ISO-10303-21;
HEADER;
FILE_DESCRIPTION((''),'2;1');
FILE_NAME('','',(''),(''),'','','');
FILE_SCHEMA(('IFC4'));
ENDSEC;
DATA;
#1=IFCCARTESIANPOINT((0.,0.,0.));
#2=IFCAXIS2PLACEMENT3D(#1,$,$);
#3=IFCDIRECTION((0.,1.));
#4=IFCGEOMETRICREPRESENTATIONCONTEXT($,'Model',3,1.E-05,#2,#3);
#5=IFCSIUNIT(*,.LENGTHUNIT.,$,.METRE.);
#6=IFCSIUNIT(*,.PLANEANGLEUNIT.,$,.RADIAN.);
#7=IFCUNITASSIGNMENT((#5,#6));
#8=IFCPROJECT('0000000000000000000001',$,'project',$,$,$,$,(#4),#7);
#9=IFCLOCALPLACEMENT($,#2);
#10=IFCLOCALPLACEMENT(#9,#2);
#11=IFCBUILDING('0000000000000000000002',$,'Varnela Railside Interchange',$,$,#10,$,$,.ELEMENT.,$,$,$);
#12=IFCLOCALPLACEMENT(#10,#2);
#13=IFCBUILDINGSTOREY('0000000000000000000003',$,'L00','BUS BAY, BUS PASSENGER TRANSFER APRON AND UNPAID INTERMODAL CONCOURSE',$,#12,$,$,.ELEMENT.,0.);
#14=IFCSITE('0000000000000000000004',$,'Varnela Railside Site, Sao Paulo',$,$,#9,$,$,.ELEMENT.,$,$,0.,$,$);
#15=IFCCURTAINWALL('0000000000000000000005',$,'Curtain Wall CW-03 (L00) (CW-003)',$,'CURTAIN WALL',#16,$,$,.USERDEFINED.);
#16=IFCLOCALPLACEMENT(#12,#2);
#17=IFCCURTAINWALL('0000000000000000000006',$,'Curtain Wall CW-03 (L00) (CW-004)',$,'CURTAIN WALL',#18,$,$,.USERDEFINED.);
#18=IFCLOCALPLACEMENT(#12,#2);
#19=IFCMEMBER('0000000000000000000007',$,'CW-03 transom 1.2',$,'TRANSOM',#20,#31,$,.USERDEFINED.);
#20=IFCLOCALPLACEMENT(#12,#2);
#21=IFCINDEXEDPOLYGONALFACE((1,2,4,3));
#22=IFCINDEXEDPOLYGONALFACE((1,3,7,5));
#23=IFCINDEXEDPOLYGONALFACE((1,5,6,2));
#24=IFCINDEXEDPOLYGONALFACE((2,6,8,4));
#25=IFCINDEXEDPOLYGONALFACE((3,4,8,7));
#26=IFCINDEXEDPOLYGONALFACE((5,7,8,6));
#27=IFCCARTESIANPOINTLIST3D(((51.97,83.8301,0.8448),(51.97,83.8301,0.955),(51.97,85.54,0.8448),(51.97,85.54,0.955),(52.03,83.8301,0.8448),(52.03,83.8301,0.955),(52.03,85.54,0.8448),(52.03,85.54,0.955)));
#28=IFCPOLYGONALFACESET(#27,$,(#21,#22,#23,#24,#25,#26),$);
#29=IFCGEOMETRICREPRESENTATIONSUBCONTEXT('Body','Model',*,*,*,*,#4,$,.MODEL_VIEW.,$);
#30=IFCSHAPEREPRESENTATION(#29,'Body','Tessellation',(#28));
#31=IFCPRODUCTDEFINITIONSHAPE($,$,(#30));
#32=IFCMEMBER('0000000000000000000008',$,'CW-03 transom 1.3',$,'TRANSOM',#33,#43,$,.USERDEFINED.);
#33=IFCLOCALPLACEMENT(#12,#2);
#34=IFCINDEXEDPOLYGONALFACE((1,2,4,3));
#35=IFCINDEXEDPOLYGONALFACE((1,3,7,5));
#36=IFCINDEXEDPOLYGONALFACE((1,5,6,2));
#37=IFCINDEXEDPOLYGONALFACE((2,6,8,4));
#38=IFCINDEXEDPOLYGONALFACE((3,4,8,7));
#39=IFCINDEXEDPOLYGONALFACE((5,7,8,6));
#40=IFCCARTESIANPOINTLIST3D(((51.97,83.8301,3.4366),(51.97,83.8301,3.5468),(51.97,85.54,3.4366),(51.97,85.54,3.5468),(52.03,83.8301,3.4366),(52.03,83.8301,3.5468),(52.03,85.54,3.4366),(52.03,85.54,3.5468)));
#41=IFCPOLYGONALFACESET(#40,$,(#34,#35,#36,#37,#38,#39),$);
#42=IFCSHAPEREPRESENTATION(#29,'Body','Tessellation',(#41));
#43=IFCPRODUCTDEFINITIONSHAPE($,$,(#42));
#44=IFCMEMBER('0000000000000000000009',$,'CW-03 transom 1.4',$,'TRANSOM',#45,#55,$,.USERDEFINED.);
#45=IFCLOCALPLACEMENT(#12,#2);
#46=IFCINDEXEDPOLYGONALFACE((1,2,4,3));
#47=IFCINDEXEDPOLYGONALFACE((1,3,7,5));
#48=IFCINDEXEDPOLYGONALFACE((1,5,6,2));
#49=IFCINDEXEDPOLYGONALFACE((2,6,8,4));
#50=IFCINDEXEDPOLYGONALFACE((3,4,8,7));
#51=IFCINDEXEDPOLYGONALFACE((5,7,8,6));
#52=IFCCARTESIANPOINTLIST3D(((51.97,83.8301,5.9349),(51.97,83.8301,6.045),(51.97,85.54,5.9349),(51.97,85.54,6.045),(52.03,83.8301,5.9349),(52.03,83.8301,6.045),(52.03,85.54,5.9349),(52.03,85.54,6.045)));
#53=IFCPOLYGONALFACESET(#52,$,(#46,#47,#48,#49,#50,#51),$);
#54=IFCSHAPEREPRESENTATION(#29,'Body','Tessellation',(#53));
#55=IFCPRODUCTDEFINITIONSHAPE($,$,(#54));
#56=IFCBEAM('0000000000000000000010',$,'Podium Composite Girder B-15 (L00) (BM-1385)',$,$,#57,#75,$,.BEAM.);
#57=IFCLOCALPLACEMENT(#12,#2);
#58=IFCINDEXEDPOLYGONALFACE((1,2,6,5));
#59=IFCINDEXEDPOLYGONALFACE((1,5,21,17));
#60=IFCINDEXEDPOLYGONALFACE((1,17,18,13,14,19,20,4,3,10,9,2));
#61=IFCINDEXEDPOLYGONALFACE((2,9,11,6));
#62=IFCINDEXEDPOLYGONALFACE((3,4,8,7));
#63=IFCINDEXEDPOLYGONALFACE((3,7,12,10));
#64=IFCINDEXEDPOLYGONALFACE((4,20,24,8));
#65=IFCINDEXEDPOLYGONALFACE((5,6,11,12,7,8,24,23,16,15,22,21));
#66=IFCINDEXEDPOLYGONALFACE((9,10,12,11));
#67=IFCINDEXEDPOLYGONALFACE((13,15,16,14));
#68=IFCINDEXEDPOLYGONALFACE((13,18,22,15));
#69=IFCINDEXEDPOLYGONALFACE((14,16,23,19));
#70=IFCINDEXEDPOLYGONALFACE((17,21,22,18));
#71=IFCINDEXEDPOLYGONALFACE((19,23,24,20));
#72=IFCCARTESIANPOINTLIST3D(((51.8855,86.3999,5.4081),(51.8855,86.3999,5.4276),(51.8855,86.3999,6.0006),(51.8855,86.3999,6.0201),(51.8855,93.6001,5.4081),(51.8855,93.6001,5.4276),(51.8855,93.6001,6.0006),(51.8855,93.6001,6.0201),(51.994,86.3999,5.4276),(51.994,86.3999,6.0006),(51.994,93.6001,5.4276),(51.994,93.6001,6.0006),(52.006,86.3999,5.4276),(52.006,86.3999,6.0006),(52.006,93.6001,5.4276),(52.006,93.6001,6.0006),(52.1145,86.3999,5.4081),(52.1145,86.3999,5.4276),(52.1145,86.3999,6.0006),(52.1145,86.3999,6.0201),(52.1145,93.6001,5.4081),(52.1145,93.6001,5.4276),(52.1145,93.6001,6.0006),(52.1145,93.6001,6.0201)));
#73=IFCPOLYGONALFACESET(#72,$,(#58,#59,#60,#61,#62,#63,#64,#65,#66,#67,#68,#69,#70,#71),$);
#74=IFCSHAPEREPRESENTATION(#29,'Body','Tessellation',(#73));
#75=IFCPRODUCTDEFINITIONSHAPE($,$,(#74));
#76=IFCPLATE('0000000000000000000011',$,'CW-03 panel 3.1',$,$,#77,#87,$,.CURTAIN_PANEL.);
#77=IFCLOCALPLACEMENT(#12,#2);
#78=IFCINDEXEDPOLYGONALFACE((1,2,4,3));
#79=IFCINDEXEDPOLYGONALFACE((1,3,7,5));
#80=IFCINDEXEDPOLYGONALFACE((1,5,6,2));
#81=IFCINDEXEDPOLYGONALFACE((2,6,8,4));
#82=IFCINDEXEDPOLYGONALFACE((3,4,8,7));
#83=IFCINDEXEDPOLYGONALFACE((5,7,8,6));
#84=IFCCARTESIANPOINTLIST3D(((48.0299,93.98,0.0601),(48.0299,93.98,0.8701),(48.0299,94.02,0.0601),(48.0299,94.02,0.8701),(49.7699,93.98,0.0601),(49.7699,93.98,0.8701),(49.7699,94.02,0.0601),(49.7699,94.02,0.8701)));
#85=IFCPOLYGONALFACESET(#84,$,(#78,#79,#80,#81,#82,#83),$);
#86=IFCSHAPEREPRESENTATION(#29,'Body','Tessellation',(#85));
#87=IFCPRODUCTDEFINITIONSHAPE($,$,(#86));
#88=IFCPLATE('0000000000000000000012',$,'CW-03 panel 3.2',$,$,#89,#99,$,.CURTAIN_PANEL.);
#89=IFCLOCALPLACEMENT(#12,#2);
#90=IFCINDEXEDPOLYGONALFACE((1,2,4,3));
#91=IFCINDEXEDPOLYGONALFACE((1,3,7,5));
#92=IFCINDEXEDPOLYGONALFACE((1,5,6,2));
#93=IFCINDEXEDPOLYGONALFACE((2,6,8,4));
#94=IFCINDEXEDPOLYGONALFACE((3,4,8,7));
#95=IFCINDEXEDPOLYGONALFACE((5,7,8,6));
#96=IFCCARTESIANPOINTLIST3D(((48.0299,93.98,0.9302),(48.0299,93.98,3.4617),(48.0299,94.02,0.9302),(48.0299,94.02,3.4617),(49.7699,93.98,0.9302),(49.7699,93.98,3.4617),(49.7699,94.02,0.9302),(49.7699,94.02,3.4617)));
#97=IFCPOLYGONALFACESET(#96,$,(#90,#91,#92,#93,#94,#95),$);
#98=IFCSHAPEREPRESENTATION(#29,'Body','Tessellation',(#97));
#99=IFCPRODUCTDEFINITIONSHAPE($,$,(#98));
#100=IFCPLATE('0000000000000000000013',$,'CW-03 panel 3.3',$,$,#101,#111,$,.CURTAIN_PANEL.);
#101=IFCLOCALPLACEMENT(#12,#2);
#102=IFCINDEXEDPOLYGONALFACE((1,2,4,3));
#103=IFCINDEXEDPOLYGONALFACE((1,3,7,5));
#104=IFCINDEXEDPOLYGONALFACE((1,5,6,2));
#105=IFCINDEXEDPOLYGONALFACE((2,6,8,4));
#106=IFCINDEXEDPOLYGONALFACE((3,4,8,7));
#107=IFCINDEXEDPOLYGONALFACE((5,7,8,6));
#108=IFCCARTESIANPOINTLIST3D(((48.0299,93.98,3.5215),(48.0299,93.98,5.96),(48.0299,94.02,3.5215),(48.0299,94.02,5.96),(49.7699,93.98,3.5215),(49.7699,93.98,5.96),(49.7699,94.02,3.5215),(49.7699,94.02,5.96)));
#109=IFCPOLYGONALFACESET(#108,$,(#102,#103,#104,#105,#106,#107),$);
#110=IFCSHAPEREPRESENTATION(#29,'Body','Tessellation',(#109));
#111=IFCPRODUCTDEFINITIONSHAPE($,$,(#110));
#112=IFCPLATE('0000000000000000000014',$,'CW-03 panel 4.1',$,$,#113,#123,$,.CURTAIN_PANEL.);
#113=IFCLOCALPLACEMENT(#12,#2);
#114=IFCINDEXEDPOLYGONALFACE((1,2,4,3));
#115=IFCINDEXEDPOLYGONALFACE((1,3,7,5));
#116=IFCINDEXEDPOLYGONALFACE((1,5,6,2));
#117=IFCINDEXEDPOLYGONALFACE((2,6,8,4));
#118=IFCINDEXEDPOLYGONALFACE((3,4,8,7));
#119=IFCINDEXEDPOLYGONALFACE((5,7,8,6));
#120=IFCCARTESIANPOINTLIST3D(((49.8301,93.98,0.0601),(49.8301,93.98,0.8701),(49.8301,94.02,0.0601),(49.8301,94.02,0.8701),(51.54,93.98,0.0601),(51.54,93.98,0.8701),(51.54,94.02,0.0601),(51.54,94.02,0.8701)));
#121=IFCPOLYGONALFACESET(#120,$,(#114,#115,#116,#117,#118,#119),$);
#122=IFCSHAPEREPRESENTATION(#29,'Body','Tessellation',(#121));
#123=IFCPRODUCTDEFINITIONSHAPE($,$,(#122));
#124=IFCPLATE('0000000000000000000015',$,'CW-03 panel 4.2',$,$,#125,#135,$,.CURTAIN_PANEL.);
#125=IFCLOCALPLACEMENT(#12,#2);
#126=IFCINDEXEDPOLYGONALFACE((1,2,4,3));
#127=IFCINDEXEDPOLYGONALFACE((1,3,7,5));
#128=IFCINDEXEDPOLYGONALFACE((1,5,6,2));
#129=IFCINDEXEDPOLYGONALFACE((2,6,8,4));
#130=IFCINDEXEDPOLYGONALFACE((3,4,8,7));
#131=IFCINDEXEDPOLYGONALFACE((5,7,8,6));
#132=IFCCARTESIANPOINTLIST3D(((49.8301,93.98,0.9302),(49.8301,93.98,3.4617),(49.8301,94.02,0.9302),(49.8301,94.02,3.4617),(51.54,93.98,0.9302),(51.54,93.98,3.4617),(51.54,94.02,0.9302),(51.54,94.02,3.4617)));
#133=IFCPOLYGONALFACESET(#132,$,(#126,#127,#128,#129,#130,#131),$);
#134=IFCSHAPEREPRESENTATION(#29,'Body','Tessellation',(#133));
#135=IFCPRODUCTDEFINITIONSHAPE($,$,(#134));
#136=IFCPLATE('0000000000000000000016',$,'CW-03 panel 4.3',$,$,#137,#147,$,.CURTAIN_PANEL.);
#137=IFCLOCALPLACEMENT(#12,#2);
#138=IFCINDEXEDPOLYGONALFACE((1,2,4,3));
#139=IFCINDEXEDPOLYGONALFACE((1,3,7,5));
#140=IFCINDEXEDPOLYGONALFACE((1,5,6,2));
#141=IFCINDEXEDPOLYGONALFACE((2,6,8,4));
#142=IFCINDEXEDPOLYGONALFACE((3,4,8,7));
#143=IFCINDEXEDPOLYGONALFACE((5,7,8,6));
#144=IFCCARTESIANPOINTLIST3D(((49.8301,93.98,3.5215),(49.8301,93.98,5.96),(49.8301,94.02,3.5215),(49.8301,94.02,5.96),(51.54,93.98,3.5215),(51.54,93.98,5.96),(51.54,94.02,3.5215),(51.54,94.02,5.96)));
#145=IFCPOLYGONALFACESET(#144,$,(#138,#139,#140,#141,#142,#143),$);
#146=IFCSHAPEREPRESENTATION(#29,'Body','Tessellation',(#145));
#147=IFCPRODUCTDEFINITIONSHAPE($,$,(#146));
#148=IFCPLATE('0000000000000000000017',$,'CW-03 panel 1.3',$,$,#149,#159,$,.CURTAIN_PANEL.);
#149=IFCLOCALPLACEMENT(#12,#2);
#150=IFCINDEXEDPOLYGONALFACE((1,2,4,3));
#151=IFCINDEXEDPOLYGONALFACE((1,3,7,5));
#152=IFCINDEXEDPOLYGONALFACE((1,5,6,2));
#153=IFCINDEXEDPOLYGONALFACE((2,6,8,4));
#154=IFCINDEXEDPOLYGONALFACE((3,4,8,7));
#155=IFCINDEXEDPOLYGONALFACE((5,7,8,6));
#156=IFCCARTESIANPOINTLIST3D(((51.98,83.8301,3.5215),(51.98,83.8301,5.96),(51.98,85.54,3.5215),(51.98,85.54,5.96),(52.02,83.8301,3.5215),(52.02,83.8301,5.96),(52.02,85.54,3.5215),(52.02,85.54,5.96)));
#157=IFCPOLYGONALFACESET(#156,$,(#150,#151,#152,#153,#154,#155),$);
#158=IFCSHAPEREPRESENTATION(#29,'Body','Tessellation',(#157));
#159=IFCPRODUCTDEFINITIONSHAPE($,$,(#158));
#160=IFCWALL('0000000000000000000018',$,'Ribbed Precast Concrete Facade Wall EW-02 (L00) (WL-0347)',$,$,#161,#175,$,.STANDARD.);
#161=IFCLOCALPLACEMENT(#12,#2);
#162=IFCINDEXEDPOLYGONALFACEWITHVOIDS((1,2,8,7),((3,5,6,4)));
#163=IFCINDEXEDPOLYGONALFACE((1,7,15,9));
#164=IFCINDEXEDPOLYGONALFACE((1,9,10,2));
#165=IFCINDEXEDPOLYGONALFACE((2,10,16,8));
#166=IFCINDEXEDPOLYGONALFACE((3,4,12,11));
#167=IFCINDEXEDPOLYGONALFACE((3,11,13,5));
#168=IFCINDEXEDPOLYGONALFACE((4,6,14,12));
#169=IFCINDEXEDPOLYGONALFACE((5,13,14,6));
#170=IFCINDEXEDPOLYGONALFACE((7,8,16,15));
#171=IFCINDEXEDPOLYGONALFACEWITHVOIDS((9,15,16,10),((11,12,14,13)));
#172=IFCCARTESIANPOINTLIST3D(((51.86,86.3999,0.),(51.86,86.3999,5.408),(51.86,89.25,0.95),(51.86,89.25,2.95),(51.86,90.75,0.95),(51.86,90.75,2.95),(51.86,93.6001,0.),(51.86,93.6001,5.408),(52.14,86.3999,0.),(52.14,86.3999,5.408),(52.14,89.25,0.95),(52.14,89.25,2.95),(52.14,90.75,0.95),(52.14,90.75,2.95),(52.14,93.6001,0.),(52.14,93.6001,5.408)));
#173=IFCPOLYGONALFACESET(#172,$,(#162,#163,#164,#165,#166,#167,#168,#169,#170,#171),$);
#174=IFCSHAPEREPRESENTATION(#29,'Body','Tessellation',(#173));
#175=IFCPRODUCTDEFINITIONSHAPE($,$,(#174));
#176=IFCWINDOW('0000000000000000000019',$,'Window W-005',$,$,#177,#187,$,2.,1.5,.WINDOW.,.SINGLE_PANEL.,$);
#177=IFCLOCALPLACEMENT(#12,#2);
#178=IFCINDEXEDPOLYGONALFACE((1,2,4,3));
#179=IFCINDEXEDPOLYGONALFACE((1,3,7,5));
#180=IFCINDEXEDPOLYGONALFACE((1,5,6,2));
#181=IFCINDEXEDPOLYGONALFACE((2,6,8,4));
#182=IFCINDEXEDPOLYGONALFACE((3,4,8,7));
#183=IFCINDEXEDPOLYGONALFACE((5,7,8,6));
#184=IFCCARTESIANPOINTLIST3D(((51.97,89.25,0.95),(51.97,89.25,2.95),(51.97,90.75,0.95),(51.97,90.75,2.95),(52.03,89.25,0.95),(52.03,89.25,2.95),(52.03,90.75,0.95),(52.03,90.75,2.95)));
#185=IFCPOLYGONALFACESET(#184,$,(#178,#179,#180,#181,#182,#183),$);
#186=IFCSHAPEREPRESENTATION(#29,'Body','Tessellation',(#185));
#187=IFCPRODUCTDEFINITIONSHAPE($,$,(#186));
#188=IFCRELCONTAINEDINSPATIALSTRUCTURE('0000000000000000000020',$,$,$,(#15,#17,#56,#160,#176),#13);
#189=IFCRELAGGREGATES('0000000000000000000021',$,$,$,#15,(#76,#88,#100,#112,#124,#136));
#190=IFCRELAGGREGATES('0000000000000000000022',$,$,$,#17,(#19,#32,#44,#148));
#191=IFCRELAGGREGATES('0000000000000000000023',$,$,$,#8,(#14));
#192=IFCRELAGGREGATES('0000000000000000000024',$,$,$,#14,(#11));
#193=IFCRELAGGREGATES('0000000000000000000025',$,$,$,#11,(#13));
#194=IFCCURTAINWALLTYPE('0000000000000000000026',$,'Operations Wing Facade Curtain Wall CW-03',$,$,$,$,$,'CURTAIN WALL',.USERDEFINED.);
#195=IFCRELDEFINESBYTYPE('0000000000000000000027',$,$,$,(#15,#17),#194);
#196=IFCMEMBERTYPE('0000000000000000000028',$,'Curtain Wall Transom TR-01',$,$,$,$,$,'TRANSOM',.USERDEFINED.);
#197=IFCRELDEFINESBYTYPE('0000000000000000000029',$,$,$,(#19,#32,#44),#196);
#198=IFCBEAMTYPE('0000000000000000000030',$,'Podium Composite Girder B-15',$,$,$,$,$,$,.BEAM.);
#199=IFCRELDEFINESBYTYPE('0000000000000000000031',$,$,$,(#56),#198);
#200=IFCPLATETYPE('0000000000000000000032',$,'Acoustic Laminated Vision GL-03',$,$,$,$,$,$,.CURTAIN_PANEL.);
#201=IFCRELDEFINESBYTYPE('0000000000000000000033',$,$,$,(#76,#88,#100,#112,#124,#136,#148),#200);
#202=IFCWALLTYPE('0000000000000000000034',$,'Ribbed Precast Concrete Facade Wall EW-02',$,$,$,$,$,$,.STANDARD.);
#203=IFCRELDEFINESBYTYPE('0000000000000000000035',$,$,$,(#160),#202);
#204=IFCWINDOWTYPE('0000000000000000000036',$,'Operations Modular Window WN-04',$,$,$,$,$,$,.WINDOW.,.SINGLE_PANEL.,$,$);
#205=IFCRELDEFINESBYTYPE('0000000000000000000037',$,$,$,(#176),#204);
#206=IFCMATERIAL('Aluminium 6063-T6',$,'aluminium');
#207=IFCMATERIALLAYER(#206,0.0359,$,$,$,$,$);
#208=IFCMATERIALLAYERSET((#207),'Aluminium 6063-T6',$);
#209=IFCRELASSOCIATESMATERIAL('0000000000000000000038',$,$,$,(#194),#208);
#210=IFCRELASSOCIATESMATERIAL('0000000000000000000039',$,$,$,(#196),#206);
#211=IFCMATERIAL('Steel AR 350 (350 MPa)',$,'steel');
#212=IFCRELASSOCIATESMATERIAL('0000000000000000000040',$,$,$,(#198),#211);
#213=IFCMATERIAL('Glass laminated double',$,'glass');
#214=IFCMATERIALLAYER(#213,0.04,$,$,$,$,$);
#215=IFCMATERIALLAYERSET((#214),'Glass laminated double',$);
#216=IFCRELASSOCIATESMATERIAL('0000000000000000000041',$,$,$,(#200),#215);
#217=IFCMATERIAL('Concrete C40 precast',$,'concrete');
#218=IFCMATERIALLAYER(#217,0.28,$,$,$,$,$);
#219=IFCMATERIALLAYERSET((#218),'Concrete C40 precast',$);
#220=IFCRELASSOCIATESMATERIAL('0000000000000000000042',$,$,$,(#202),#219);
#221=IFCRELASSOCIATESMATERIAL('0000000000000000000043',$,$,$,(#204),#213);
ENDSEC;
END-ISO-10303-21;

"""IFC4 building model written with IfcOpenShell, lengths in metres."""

from ifc_helpers import new_model, si_unit, direction, frame, frame_2d, origin, origin_2d, place, context, subcontext, project, spatial, rectangle, i_section, extrude, material, layer, layer_set, material_profile, profile_set, type_object, element, fill, aggregate, save


model = new_model("IFC4")

# Units and contexts
model_context = context("Model", 3, precision=1e-05, world=origin(), true_north=direction((0.0, 1.0)))
body_context = subcontext(model_context, "Body", "Model", "MODEL_VIEW")
ifc_project = project(units=[si_unit("LENGTHUNIT", "METRE"), si_unit("PLANEANGLEUNIT", "RADIAN")], contexts=[model_context])

# Site, building, storey
site_placement = place(None, origin())
site = spatial("IfcSite", under=ifc_project, at=site_placement, Name="Varnela Railside Site, Sao Paulo", CompositionType="ELEMENT", RefElevation=0.0)
building_placement = place(site_placement, origin())
building = spatial("IfcBuilding", under=site, at=building_placement, Name="Varnela Railside Interchange", CompositionType="ELEMENT")
storey_placement = place(building_placement, origin())
storey = spatial("IfcBuildingStorey", under=building, at=storey_placement, Name="L00", Description="BUS BAY, BUS PASSENGER TRANSFER APRON AND UNPAID INTERMODAL CONCOURSE", CompositionType="ELEMENT", Elevation=0.0)

# Shared definitions
ifc_material_1 = material(Name="Steel AR 350 (350 MPa)", Category="steel")

# Curtain wall
ifc_material_2 = material(Name="Aluminium 6063-T6", Category="aluminium")
ifc_layer_1 = layer(ifc_material_2, 0.0359)
ifc_layer_set_1 = layer_set([ifc_layer_1], Name="Aluminium 6063-T6")
curtain_wall_type = type_object("IfcCurtainWallType", Name="Operations Wing Facade Curtain Wall CW-03", ElementType="CURTAIN WALL", PredefinedType="USERDEFINED", material=ifc_layer_set_1)
curtain_wall_1_placement = place(storey_placement, origin())
curtain_wall_1 = element("IfcCurtainWall", 1, at=curtain_wall_1_placement, inside=storey, type_object=curtain_wall_type, Name="Curtain Wall CW-03 (L00) (CW-003)", ObjectType="CURTAIN WALL", PredefinedType="USERDEFINED")

# Curtain wall
curtain_wall_2_placement = place(storey_placement, origin())
curtain_wall_2 = element("IfcCurtainWall", 2, at=curtain_wall_2_placement, inside=storey, type_object=curtain_wall_type, Name="Curtain Wall CW-03 (L00) (CW-004)", ObjectType="CURTAIN WALL", PredefinedType="USERDEFINED")

# Members
ifc_material_profile_1 = material_profile(ifc_material_2, rectangle(XDim=0.0601, YDim=0.1101, at=origin_2d()), Name="ALU 60x110")
ifc_profile_set_1 = profile_set([ifc_material_profile_1], Name="Aluminium 6063-T6")
member_type_1 = type_object("IfcMemberType", Name="Curtain Wall Transom TR-01", ElementType="TRANSOM", PredefinedType="USERDEFINED", material=ifc_profile_set_1)
member_1_placement = place(storey_placement, frame((52.0, 85.54, 0.8999), z_axis=(0.0, -1.0, 0.0), x_axis=(1.0, 0.0, 0.0)))
member_1 = element("IfcMember", 3, at=member_1_placement, type_object=member_type_1, Name="CW-03 transom 1.2", ObjectType="TRANSOM", PredefinedType="USERDEFINED", context=body_context, shape_type="SweptSolid", body=[
    extrude(rectangle(XDim=0.0601, YDim=0.1101, at=origin_2d()), origin(), (0.0, 0.0, 1.0), 1.71),
])
member_2_placement = place(storey_placement, frame((52.0, 85.54, 3.4917), z_axis=(0.0, -1.0, 0.0), x_axis=(1.0, 0.0, 0.0)))
member_2 = element("IfcMember", 4, at=member_2_placement, type_object=member_type_1, Name="CW-03 transom 1.3", ObjectType="TRANSOM", PredefinedType="USERDEFINED", context=body_context, shape_type="SweptSolid", body=[
    extrude(rectangle(XDim=0.0601, YDim=0.1101, at=origin_2d()), origin(), (0.0, 0.0, 1.0), 1.71),
])
member_3_placement = place(storey_placement, frame((52.0, 85.54, 5.99), z_axis=(0.0, -1.0, 0.0), x_axis=(1.0, 0.0, 0.0)))
member_3 = element("IfcMember", 5, at=member_3_placement, type_object=member_type_1, Name="CW-03 transom 1.4", ObjectType="TRANSOM", PredefinedType="USERDEFINED", context=body_context, shape_type="SweptSolid", body=[
    extrude(rectangle(XDim=0.0601, YDim=0.1101, at=origin_2d()), origin(), (0.0, 0.0, 1.0), 1.71),
])

# Beam
ifc_material_profile_2 = material_profile(ifc_material_1, i_section(OverallWidth=0.229, OverallDepth=0.6121, WebThickness=0.012, FlangeThickness=0.0195, at=origin_2d()), Name="W610x125")
ifc_profile_set_2 = profile_set([ifc_material_profile_2], Name="Steel AR 350 (350 MPa)")
beam_type_1 = type_object("IfcBeamType", Name="Podium Composite Girder B-15", PredefinedType="BEAM", material=ifc_profile_set_2)
beam_1_placement = place(storey_placement, frame((52.0, 86.3999, 5.7141), z_axis=(0.0, 1.0, 0.0), x_axis=(-1.0, 0.0, 0.0)))
element("IfcBeam", 6, at=beam_1_placement, inside=storey, type_object=beam_type_1, Name="Podium Composite Girder B-15 (L00) (BM-1385)", PredefinedType="BEAM", context=body_context, shape_type="SweptSolid", body=[
    extrude(i_section(OverallWidth=0.229, OverallDepth=0.6121, WebThickness=0.012, FlangeThickness=0.0195, at=origin_2d()), origin(), (0.0, 0.0, 1.0), 7.2002),
])

# Plates
ifc_material_3 = material(Name="Glass laminated double", Category="glass")
ifc_layer_2 = layer(ifc_material_3, 0.04)
ifc_layer_set_2 = layer_set([ifc_layer_2], Name="Glass laminated double")
plate_type = type_object("IfcPlateType", Name="Acoustic Laminated Vision GL-03", PredefinedType="CURTAIN_PANEL", material=ifc_layer_set_2)
plate_1_placement = place(storey_placement, frame((48.8999, 94.0, 0.0601), z_axis=(0.0, 0.0, 1.0), x_axis=(1.0, 0.0, 0.0)))
plate_1 = element("IfcPlate", 7, at=plate_1_placement, type_object=plate_type, Name="CW-03 panel 3.1", PredefinedType="CURTAIN_PANEL", context=body_context, shape_type="SweptSolid", body=[
    extrude(rectangle(XDim=1.74, YDim=0.04, at=origin_2d()), origin(), (0.0, 0.0, 1.0), 0.8101),
])
plate_2_placement = place(storey_placement, frame((48.8999, 94.0, 0.9302), z_axis=(0.0, 0.0, 1.0), x_axis=(1.0, 0.0, 0.0)))
plate_2 = element("IfcPlate", 8, at=plate_2_placement, type_object=plate_type, Name="CW-03 panel 3.2", PredefinedType="CURTAIN_PANEL", context=body_context, shape_type="SweptSolid", body=[
    extrude(rectangle(XDim=1.74, YDim=0.04, at=origin_2d()), origin(), (0.0, 0.0, 1.0), 2.5315),
])
plate_3_placement = place(storey_placement, frame((48.8999, 94.0, 3.5215), z_axis=(0.0, 0.0, 1.0), x_axis=(1.0, 0.0, 0.0)))
plate_3 = element("IfcPlate", 9, at=plate_3_placement, type_object=plate_type, Name="CW-03 panel 3.3", PredefinedType="CURTAIN_PANEL", context=body_context, shape_type="SweptSolid", body=[
    extrude(rectangle(XDim=1.74, YDim=0.04, at=origin_2d()), origin(), (0.0, 0.0, 1.0), 2.4385),
])
plate_4_placement = place(storey_placement, frame((50.6851, 94.0, 0.0601), z_axis=(0.0, 0.0, 1.0), x_axis=(1.0, 0.0, 0.0)))
plate_4 = element("IfcPlate", 10, at=plate_4_placement, type_object=plate_type, Name="CW-03 panel 4.1", PredefinedType="CURTAIN_PANEL", context=body_context, shape_type="SweptSolid", body=[
    extrude(rectangle(XDim=1.71, YDim=0.04, at=origin_2d()), origin(), (0.0, 0.0, 1.0), 0.8101),
])
plate_5_placement = place(storey_placement, frame((50.6851, 94.0, 0.9302), z_axis=(0.0, 0.0, 1.0), x_axis=(1.0, 0.0, 0.0)))
plate_5 = element("IfcPlate", 11, at=plate_5_placement, type_object=plate_type, Name="CW-03 panel 4.2", PredefinedType="CURTAIN_PANEL", context=body_context, shape_type="SweptSolid", body=[
    extrude(rectangle(XDim=1.71, YDim=0.04, at=origin_2d()), origin(), (0.0, 0.0, 1.0), 2.5315),
])
plate_6_placement = place(storey_placement, frame((50.6851, 94.0, 3.5215), z_axis=(0.0, 0.0, 1.0), x_axis=(1.0, 0.0, 0.0)))
plate_6 = element("IfcPlate", 12, at=plate_6_placement, type_object=plate_type, Name="CW-03 panel 4.3", PredefinedType="CURTAIN_PANEL", context=body_context, shape_type="SweptSolid", body=[
    extrude(rectangle(XDim=1.71, YDim=0.04, at=origin_2d()), origin(), (0.0, 0.0, 1.0), 2.4385),
])
aggregate(curtain_wall_1, [plate_1, plate_2, plate_3, plate_4, plate_5, plate_6])
plate_7_placement = place(storey_placement, frame((52.0, 84.6851, 3.5215), z_axis=(0.0, 0.0, 1.0), x_axis=(0.0, -1.0, 0.0)))
plate_7 = element("IfcPlate", 13, at=plate_7_placement, type_object=plate_type, Name="CW-03 panel 1.3", PredefinedType="CURTAIN_PANEL", context=body_context, shape_type="SweptSolid", body=[
    extrude(rectangle(XDim=1.71, YDim=0.04, at=origin_2d()), origin(), (0.0, 0.0, 1.0), 2.4385),
])
aggregate(curtain_wall_2, [member_1, member_2, member_3, plate_7])

# Wall, opening, window
ifc_material_4 = material(Name="Concrete C40 precast", Category="concrete")
ifc_layer_3 = layer(ifc_material_4, 0.28)
ifc_layer_set_3 = layer_set([ifc_layer_3], Name="Concrete C40 precast")
wall_type = type_object("IfcWallType", Name="Ribbed Precast Concrete Facade Wall EW-02", PredefinedType="STANDARD", material=ifc_layer_set_3)
wall_placement = place(storey_placement, frame((52.0, 93.6001, 0.0), z_axis=(0.0, 0.0, 1.0), x_axis=(0.0, -1.0, 0.0)))
wall = element("IfcWall", 14, at=wall_placement, inside=storey, type_object=wall_type, Name="Ribbed Precast Concrete Facade Wall EW-02 (L00) (WL-0347)", PredefinedType="STANDARD", context=body_context, shape_type="SweptSolid", body=[
    extrude(rectangle(XDim=7.2002, YDim=0.28, at=frame_2d((3.6001, 0.0))), origin(), (0.0, 0.0, 1.0), 5.408),
])
opening_placement = place(wall_placement, frame((2.8501, 0.0, 0.95)))
opening = element("IfcOpeningElement", 15, at=opening_placement, cuts=wall, PredefinedType="OPENING", context=body_context, shape_type="SweptSolid", body=[
    extrude(rectangle(XDim=1.5, YDim=2.0, at=frame_2d((0.75, 1.0))), frame((0.0, 0.1499, 0.0), z_axis=(0.0, -1.0, 0.0), x_axis=(1.0, 0.0, 0.0)), (0.0, 0.0, 1.0), 0.3),
])
window_type = type_object("IfcWindowType", Name="Operations Modular Window WN-04", PartitioningType="SINGLE_PANEL", PredefinedType="WINDOW", material=ifc_material_3)
window_placement = place(opening_placement, origin())
window = element("IfcWindow", 16, at=window_placement, inside=storey, type_object=window_type, Name="Window W-005", OverallHeight=2.0, OverallWidth=1.5, PartitioningType="SINGLE_PANEL", PredefinedType="WINDOW", context=body_context, shape_type="SweptSolid", body=[
    extrude(rectangle(XDim=1.5, YDim=2.0, at=frame_2d((0.75, 1.0))), frame((0.0, 0.03, 0.0), z_axis=(0.0, -1.0, 0.0), x_axis=(1.0, 0.0, 0.0)), (0.0, 0.0, 1.0), 0.0601),
])
fill(opening, window)

save(model, "model.ifc")
